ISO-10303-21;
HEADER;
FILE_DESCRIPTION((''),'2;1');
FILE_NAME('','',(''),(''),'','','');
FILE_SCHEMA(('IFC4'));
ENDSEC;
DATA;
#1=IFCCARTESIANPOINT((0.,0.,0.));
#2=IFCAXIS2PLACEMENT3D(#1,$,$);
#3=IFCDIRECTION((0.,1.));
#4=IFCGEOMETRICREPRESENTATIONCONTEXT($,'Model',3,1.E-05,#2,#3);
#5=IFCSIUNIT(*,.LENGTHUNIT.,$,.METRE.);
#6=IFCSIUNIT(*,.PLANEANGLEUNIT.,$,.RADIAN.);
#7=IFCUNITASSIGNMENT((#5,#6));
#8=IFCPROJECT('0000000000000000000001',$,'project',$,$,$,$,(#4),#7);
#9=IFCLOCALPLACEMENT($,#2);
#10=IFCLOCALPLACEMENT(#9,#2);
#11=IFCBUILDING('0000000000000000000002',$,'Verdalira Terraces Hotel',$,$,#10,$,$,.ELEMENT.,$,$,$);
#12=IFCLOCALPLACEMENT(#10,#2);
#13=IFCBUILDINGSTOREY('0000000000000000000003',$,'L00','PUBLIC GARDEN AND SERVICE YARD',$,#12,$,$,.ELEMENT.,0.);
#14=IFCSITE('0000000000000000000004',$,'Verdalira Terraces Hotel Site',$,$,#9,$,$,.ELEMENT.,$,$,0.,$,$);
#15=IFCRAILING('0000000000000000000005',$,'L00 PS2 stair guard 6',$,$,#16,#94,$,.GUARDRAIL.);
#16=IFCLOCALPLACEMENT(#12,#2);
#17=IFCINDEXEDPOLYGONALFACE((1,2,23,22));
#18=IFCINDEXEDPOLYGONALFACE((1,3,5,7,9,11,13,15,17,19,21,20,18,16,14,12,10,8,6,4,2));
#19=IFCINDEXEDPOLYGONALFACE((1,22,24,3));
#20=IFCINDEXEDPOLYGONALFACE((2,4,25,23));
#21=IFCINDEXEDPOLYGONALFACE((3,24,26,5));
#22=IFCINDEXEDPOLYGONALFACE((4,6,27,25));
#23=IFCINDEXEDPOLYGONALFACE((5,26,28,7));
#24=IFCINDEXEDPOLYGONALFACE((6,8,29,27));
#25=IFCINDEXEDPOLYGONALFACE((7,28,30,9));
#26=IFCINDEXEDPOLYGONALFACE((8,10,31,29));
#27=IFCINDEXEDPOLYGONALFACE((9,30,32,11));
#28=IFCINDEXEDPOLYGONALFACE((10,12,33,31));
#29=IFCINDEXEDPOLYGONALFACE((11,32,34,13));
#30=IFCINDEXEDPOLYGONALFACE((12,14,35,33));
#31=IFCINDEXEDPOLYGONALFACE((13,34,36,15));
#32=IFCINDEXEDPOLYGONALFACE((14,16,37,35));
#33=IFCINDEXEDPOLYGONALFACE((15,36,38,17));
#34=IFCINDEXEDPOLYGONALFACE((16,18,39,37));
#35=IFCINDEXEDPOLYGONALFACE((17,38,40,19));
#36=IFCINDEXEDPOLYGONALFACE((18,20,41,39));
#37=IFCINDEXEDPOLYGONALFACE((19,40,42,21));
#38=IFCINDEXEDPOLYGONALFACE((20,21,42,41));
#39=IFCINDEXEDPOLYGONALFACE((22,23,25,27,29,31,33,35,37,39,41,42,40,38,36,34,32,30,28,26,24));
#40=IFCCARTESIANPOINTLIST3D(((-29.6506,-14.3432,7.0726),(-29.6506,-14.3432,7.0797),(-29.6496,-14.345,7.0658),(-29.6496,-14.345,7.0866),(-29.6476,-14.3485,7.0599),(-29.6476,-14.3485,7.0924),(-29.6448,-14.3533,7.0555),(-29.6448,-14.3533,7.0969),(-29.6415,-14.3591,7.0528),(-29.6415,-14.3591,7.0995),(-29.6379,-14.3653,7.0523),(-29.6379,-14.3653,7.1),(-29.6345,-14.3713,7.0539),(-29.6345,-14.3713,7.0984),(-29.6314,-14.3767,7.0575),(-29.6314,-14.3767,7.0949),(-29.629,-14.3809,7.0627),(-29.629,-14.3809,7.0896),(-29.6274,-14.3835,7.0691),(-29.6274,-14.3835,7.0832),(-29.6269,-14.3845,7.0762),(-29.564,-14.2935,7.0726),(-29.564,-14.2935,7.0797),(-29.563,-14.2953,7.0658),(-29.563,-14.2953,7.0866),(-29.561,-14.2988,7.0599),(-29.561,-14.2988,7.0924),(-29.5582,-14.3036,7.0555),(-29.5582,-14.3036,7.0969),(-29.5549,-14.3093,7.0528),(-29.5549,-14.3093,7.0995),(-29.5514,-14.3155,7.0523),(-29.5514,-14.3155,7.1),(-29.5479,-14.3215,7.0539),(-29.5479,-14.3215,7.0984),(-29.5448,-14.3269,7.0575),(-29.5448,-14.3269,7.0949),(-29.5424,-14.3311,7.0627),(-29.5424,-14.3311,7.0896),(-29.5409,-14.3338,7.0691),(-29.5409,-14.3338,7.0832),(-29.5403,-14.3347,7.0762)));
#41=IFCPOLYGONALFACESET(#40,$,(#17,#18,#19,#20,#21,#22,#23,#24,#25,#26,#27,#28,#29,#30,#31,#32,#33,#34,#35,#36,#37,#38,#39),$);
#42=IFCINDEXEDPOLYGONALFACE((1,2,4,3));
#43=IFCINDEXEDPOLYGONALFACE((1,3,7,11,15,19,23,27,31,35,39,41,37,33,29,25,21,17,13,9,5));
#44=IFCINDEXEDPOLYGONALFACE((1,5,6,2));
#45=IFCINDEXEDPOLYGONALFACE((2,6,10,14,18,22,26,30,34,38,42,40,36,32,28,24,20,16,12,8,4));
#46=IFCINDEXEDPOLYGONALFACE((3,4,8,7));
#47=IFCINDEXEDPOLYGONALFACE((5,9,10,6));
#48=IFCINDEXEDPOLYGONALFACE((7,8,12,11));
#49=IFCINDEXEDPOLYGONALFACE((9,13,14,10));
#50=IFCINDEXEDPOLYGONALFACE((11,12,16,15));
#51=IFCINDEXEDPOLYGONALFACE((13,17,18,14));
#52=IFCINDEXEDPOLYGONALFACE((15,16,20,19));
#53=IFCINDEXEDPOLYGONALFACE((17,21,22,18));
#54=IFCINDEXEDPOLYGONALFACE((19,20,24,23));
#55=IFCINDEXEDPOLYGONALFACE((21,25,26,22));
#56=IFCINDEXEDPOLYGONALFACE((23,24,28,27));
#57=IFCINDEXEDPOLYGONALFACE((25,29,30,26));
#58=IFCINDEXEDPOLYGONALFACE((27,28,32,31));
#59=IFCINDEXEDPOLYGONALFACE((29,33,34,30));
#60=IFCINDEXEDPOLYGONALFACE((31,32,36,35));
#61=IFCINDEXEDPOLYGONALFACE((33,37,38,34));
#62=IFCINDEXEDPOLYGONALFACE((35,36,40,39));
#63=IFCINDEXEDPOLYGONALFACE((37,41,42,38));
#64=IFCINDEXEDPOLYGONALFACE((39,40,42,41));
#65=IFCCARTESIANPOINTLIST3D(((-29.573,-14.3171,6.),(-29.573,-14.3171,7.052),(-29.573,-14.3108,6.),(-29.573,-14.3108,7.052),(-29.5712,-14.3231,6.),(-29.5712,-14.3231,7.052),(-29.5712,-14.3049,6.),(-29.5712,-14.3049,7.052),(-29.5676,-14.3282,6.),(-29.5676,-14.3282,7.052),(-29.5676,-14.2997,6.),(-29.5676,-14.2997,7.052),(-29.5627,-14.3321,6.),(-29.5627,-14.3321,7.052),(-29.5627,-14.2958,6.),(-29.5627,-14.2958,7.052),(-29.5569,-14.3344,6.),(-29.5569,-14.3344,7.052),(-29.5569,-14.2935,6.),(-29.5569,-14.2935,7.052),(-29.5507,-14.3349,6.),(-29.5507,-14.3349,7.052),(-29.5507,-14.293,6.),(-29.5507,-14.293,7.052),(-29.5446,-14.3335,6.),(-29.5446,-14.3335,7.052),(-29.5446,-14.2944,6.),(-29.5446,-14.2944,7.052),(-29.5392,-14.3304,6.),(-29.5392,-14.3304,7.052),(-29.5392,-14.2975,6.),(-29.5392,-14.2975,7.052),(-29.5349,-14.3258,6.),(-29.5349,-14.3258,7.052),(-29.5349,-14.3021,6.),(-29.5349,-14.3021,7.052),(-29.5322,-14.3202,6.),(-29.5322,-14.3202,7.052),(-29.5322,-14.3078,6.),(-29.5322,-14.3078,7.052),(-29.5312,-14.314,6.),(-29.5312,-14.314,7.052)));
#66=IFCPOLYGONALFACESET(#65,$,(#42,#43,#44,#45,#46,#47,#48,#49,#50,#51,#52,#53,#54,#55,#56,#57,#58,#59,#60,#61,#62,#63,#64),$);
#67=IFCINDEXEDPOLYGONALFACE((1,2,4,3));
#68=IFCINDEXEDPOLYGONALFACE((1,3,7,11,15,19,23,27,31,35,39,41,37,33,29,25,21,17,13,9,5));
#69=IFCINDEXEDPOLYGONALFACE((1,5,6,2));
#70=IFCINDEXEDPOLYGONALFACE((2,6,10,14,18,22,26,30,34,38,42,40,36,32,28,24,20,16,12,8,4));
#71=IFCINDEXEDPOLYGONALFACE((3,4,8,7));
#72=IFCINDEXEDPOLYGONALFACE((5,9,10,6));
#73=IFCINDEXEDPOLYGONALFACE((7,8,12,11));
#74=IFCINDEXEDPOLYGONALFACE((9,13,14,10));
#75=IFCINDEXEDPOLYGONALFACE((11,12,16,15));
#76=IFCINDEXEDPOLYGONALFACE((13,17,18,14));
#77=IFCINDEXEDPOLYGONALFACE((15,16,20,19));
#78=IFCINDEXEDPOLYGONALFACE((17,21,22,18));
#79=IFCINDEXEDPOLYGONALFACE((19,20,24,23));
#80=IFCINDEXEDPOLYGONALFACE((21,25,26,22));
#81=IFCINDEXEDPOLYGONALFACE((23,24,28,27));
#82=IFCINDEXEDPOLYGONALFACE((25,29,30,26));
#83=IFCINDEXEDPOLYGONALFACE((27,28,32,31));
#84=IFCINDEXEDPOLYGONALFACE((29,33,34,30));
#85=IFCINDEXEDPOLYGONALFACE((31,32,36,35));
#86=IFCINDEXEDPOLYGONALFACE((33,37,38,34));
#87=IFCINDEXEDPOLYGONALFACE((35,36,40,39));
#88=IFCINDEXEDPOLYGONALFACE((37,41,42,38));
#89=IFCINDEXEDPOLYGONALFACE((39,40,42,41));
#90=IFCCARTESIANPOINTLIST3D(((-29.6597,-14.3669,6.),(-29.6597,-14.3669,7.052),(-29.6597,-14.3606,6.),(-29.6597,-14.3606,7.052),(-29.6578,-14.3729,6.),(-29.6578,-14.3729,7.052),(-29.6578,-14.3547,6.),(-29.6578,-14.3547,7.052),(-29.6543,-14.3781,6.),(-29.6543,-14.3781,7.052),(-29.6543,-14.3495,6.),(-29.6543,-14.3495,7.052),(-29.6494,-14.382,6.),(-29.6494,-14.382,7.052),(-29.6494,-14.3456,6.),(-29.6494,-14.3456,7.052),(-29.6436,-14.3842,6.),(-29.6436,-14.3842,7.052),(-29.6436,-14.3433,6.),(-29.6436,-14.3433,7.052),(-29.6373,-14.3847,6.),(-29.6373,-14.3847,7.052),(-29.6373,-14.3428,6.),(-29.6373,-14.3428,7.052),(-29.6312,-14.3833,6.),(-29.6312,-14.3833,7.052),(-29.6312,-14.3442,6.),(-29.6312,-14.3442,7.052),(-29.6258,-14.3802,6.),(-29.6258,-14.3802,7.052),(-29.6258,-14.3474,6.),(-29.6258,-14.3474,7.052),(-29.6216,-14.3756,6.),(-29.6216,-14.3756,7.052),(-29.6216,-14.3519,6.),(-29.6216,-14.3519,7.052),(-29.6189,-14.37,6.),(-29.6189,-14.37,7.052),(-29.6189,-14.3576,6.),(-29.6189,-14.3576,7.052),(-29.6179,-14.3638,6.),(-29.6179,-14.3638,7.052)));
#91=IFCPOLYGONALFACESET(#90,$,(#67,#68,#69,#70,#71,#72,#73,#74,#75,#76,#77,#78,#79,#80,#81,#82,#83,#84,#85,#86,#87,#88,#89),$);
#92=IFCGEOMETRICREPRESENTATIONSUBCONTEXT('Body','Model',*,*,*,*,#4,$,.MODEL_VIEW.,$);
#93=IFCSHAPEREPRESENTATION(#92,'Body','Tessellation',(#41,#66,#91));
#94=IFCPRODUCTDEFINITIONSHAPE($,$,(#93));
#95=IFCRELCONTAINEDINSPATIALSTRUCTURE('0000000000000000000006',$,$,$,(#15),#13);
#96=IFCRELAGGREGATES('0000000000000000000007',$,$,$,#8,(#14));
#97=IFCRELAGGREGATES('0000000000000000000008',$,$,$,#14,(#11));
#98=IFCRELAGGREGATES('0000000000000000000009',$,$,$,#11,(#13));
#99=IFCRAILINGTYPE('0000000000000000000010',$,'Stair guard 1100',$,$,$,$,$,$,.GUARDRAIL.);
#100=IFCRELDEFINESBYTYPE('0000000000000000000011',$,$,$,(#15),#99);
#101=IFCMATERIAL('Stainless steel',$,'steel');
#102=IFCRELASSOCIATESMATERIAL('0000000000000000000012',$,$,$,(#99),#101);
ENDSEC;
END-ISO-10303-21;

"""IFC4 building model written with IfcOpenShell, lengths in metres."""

from ifc_helpers import new_model, si_unit, direction, frame, origin, origin_2d, place, context, subcontext, project, spatial, circle, extrude, material, type_object, element, save


model = new_model("IFC4")

# Units and contexts
model_context = context("Model", 3, precision=1e-05, world=origin(), true_north=direction((0.0, 1.0)))
body_context = subcontext(model_context, "Body", "Model", "MODEL_VIEW")
ifc_project = project(units=[si_unit("LENGTHUNIT", "METRE"), si_unit("PLANEANGLEUNIT", "RADIAN")], contexts=[model_context])

# Site, building, storey
site_placement = place(None, origin())
site = spatial("IfcSite", under=ifc_project, at=site_placement, Name="Verdalira Terraces Hotel Site", CompositionType="ELEMENT", RefElevation=0.0)
building_placement = place(site_placement, origin())
building = spatial("IfcBuilding", under=site, at=building_placement, Name="Verdalira Terraces Hotel", CompositionType="ELEMENT")
storey_placement = place(building_placement, origin())
storey = spatial("IfcBuildingStorey", under=building, at=storey_placement, Name="L00", Description="PUBLIC GARDEN AND SERVICE YARD", CompositionType="ELEMENT", Elevation=0.0)

# Railing
ifc_material_1 = material(Name="Stainless steel", Category="steel")
railing_type = type_object("IfcRailingType", Name="Stair guard 1100", PredefinedType="GUARDRAIL", material=ifc_material_1)
railing_1_placement = place(storey_placement, frame((-29.5522, -14.314, 6.0)))
element("IfcRailing", 1, at=railing_1_placement, inside=storey, type_object=railing_type, Name="L00 PS2 stair guard 6", PredefinedType="GUARDRAIL", context=body_context, shape_type="SweptSolid", body=[
    extrude(circle(Radius=0.0239, at=origin_2d()), frame((0.0, 0.0, 1.0762), z_axis=(-0.867038, -0.498242, 0.0), x_axis=(0.498242, -0.867038, 0.0)), (0.0, 0.0, 1.0), 0.0999),
    extrude(circle(Radius=0.021, at=origin_2d()), origin(), (0.0, 0.0, 1.0), 1.052),
    extrude(circle(Radius=0.021, at=origin_2d()), frame((-0.0867, -0.0498, 0.0)), (0.0, 0.0, 1.0), 1.052),
])

save(model, "model.ifc")
